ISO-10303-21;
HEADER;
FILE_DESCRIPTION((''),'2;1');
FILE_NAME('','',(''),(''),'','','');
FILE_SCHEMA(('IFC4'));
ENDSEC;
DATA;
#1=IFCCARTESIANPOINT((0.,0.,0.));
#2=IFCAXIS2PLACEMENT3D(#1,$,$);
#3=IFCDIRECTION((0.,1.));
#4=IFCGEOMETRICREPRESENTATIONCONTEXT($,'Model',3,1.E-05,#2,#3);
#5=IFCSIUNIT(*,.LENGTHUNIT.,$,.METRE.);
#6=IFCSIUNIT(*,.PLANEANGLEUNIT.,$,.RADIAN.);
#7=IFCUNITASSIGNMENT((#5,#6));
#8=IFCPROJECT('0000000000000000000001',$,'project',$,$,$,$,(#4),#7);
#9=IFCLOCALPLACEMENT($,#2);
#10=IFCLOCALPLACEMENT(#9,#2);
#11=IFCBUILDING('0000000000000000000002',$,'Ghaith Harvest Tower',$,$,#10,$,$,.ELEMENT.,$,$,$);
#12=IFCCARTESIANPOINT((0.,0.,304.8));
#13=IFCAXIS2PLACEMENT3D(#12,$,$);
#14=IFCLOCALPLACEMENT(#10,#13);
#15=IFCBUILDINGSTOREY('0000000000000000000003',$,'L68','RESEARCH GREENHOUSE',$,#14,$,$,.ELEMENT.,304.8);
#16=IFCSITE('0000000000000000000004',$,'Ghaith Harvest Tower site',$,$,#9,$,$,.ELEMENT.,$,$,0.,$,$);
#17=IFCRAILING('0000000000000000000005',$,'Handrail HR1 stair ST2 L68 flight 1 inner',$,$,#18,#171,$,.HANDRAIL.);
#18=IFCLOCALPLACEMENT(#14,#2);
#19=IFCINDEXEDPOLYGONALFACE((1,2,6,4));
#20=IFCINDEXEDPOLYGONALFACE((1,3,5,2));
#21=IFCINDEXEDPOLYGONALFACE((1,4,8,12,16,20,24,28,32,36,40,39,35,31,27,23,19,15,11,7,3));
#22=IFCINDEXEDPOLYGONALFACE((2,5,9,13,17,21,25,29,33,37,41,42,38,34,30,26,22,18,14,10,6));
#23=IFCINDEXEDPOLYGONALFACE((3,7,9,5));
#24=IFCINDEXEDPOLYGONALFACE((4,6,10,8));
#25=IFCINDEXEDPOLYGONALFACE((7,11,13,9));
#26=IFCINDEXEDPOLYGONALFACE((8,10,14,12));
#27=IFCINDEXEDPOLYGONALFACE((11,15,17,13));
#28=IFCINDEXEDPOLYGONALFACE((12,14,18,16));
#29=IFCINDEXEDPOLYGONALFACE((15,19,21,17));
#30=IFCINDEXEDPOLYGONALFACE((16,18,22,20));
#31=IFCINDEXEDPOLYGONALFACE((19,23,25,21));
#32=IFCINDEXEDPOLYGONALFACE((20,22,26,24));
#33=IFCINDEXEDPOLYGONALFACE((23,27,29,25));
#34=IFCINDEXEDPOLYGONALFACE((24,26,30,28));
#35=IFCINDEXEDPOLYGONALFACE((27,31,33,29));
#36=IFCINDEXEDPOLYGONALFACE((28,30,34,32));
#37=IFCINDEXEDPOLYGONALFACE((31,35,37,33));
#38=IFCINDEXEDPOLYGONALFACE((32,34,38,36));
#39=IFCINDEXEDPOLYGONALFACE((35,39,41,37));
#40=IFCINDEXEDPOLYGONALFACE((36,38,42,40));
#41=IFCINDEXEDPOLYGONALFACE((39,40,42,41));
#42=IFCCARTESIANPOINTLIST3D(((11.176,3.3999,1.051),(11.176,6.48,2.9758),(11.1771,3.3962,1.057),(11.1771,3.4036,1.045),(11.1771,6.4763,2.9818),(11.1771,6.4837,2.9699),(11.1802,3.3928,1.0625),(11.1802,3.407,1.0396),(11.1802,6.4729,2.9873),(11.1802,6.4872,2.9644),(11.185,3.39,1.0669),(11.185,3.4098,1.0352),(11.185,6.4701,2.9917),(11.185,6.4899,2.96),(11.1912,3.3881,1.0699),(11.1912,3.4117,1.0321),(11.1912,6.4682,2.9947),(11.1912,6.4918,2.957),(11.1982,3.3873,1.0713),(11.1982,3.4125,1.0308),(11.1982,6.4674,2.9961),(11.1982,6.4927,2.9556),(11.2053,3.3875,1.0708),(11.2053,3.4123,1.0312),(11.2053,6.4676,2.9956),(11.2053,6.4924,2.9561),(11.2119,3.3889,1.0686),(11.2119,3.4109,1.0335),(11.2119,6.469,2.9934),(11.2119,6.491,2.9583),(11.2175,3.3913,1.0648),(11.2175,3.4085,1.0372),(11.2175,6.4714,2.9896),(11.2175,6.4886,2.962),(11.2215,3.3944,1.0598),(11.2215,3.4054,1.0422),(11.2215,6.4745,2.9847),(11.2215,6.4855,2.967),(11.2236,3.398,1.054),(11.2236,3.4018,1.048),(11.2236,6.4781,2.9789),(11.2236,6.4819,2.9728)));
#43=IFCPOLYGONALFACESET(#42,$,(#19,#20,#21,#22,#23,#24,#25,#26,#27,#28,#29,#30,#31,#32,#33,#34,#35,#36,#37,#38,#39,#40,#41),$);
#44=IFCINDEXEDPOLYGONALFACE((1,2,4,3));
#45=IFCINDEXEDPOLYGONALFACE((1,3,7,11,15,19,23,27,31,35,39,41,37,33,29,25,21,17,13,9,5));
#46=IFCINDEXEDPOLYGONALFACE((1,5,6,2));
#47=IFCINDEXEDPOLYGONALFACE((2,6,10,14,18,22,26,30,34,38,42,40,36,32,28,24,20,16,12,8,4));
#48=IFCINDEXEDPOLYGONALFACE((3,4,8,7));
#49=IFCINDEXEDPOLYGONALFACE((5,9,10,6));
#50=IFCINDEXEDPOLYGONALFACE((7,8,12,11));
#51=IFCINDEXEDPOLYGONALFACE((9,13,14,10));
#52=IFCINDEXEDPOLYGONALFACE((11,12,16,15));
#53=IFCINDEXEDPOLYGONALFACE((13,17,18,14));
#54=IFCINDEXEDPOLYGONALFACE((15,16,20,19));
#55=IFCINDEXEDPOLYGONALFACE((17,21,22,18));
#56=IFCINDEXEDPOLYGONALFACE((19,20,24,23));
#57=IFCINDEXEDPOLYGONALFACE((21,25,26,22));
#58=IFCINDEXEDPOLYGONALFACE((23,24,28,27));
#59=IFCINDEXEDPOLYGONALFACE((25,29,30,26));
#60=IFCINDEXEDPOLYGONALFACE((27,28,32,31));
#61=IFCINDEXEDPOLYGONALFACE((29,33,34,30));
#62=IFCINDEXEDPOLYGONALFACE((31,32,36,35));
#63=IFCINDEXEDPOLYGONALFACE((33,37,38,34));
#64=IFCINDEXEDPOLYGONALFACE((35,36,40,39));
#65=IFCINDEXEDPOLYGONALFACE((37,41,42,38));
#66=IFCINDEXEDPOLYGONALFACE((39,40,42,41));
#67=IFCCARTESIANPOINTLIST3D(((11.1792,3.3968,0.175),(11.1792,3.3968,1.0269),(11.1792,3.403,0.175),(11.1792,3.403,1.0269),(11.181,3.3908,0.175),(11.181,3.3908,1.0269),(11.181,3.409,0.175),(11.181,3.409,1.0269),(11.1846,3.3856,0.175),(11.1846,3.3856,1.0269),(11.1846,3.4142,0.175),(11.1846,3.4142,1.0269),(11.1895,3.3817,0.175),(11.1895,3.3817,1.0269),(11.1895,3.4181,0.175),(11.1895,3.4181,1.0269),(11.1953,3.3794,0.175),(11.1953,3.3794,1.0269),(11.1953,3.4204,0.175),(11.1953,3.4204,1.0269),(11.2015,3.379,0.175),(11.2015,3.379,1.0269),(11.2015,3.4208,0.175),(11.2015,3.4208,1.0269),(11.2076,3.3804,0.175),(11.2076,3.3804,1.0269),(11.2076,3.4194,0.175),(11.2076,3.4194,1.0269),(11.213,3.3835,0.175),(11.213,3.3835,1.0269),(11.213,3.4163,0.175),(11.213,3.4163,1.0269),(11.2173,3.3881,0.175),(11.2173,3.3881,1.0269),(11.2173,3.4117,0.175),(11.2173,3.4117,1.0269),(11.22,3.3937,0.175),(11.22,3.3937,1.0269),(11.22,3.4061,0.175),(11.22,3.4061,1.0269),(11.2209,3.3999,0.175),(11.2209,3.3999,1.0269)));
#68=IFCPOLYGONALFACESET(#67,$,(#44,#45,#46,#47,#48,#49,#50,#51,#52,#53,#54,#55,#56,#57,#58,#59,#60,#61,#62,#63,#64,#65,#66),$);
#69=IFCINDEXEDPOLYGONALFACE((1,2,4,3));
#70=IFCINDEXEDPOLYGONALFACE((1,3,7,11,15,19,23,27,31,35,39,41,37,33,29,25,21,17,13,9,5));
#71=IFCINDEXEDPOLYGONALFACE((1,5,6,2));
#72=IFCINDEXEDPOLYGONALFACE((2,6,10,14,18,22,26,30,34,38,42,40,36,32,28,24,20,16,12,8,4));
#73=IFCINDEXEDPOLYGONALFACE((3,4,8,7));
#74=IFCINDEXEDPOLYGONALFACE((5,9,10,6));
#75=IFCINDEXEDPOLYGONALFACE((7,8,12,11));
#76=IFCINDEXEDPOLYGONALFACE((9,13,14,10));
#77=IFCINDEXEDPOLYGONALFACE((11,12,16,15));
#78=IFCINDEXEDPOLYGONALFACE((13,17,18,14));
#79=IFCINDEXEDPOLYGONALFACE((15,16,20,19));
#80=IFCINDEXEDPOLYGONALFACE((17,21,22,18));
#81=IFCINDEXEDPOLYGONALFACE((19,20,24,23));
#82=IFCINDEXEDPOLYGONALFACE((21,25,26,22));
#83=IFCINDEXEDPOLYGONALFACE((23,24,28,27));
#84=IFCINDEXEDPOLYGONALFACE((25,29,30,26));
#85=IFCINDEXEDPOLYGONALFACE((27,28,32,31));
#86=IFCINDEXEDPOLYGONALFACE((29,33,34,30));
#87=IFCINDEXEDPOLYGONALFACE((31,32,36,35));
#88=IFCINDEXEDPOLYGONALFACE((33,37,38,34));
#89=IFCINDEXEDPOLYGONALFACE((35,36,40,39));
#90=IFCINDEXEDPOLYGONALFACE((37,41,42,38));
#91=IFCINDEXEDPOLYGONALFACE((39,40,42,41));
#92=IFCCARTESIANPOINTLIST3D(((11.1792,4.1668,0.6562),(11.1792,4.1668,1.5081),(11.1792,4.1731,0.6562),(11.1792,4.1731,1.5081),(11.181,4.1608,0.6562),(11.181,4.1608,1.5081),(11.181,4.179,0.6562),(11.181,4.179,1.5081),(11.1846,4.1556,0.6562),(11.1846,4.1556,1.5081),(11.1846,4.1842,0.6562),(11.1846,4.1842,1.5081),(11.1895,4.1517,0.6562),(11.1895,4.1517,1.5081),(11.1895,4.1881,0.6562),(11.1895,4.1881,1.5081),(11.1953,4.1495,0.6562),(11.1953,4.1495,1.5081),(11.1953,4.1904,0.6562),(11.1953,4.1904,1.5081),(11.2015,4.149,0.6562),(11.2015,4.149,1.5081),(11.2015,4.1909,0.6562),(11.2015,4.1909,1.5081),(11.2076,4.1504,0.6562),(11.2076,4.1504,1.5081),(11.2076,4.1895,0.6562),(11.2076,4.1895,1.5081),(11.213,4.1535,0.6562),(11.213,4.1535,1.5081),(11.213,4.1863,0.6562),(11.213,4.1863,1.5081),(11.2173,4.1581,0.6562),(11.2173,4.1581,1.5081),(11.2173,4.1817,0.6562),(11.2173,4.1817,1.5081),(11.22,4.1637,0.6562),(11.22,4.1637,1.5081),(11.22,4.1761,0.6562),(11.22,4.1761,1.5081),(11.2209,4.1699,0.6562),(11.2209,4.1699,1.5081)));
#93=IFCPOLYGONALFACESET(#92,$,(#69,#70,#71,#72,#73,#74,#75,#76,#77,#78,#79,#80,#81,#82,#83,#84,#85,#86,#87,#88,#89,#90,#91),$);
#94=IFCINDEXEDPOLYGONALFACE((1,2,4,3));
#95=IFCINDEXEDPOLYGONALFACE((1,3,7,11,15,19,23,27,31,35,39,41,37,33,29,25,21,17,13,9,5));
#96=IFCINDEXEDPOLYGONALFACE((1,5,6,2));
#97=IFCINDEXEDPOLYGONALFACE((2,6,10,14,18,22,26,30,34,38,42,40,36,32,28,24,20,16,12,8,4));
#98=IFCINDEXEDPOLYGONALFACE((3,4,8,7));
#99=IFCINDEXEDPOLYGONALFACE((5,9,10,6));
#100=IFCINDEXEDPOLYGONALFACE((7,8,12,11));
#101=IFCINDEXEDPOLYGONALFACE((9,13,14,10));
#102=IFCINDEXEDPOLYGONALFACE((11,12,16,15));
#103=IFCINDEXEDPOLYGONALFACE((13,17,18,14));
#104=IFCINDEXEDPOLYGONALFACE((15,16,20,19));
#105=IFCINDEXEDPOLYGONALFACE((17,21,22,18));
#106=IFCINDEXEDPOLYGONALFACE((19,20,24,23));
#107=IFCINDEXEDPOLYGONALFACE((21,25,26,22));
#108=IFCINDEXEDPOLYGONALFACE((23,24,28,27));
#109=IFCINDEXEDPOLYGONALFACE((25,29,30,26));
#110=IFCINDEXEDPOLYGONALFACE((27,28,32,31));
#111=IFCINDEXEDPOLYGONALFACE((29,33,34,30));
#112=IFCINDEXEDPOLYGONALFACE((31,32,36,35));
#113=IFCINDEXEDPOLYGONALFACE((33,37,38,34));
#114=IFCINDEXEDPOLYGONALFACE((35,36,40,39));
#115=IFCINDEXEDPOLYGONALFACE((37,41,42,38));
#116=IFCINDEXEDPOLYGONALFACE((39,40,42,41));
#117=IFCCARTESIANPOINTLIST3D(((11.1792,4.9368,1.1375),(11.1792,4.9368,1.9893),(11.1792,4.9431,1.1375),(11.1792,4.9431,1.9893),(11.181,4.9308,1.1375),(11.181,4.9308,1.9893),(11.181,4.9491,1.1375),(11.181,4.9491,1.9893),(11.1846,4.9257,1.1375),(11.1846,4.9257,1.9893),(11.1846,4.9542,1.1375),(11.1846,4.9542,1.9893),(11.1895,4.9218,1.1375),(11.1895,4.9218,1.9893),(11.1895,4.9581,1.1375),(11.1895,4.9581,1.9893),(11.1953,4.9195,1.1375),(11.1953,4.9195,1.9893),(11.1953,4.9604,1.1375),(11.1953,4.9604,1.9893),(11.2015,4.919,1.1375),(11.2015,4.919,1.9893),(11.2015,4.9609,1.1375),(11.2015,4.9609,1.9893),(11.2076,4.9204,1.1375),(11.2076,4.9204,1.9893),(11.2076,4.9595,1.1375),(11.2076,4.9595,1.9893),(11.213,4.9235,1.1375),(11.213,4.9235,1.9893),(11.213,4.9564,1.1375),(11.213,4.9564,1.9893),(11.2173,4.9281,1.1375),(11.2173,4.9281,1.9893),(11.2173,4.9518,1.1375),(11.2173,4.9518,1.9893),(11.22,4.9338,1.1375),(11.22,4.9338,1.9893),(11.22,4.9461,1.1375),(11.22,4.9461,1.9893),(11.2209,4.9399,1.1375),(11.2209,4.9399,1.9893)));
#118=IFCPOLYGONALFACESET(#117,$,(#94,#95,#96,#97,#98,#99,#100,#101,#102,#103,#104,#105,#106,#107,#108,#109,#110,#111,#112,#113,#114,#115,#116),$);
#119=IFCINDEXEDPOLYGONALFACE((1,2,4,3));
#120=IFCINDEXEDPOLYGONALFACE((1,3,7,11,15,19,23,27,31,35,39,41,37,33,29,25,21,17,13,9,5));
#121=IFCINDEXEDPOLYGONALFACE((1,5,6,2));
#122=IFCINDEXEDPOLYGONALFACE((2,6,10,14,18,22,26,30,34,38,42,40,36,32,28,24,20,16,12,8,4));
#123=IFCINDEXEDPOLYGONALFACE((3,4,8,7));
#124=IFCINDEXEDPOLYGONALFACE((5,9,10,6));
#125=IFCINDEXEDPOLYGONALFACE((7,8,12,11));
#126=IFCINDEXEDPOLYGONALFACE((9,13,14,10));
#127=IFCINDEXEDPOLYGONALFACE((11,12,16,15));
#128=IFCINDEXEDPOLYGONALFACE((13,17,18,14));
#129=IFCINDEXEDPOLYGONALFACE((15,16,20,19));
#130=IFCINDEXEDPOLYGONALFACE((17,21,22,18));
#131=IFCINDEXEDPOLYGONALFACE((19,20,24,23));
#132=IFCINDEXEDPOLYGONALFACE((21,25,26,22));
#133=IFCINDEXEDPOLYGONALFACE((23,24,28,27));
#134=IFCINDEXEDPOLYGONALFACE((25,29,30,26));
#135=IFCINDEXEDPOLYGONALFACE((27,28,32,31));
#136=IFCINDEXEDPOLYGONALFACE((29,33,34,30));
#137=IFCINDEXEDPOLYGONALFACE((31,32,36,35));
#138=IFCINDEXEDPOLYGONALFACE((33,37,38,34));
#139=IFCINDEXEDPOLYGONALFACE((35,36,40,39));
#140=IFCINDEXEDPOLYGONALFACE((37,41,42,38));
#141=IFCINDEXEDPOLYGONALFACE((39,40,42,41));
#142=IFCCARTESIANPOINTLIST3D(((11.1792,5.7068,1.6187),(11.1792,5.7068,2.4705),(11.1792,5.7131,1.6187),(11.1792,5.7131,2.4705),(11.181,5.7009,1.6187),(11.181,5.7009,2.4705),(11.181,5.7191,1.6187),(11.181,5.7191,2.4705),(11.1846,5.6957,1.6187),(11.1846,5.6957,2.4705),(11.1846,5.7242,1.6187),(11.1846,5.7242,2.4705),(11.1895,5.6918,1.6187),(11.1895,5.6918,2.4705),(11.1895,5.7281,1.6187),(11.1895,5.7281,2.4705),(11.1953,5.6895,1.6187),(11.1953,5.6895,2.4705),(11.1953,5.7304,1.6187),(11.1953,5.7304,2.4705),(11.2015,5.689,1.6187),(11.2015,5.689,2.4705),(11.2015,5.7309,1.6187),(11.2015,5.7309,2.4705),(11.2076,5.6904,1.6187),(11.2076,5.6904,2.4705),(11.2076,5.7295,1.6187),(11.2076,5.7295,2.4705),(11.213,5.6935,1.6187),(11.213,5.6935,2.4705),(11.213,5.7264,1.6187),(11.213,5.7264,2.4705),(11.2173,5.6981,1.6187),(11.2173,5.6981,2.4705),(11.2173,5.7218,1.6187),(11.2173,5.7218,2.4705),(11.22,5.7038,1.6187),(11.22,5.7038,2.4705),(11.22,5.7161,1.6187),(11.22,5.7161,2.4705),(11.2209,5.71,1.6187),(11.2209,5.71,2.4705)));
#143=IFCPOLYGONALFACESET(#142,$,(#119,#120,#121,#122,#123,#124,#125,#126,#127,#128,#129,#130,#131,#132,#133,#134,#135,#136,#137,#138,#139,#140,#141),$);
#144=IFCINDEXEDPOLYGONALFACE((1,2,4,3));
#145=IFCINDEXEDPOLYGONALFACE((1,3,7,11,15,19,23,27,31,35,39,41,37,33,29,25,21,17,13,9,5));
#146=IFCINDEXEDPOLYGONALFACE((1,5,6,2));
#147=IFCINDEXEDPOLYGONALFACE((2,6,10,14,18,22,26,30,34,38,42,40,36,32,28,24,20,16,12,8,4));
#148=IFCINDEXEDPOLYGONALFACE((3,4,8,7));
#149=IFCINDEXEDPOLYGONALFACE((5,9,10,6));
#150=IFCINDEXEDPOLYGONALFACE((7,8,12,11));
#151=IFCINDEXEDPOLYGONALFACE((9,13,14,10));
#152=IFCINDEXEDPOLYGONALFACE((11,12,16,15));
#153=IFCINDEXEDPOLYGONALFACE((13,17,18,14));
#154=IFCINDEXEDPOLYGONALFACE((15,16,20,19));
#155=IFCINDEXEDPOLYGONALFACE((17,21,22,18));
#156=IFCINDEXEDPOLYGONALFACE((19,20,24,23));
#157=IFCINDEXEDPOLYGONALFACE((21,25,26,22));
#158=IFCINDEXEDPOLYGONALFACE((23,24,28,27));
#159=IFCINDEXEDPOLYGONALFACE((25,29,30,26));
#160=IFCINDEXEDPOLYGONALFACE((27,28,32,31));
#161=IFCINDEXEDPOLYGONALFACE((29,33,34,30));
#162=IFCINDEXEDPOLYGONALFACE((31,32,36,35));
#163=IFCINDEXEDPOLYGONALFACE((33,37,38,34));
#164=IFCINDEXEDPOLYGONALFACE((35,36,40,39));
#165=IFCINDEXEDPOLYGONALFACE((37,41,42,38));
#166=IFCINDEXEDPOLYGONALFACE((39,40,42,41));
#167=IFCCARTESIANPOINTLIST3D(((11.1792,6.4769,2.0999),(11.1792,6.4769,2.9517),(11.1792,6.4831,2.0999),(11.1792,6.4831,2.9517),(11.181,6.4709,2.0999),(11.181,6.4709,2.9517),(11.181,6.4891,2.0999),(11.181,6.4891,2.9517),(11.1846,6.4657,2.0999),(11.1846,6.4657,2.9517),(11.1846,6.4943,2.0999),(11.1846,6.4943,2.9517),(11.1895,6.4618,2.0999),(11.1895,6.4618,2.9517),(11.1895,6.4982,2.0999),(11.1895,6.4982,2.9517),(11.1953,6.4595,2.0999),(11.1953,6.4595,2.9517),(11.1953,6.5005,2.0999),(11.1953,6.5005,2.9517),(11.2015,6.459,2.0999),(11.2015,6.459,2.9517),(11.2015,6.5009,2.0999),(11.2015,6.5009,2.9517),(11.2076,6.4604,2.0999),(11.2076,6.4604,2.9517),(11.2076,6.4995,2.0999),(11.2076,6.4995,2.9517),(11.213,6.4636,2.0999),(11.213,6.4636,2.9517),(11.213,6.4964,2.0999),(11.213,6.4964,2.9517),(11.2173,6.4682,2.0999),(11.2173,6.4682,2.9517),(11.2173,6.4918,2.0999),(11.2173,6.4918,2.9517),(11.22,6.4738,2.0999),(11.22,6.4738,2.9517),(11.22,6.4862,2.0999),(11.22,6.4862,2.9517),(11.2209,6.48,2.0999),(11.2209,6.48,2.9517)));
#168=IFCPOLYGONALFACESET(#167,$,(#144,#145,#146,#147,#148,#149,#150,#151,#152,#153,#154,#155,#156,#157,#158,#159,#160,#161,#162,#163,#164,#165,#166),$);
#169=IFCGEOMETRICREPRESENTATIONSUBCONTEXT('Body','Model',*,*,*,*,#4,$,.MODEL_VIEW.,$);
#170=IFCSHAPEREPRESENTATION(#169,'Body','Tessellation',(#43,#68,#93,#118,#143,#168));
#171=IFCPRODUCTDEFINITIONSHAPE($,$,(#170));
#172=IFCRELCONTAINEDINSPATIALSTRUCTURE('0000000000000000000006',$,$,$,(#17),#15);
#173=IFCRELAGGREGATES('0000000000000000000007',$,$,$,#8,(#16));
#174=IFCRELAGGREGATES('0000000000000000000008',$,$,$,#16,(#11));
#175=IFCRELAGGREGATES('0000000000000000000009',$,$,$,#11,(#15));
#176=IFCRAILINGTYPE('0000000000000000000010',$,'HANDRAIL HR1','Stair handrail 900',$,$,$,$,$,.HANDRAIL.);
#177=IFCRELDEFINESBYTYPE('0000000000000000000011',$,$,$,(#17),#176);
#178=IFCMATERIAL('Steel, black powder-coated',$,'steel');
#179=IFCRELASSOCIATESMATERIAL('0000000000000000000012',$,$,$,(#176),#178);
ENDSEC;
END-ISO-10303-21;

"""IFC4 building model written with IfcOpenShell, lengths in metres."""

from ifc_helpers import new_model, si_unit, direction, frame, origin, origin_2d, place, context, subcontext, project, spatial, circle, extrude, material, type_object, element, save


model = new_model("IFC4")

# Units and contexts
model_context = context("Model", 3, precision=1e-05, world=origin(), true_north=direction((0.0, 1.0)))
body_context = subcontext(model_context, "Body", "Model", "MODEL_VIEW")
ifc_project = project(units=[si_unit("LENGTHUNIT", "METRE"), si_unit("PLANEANGLEUNIT", "RADIAN")], contexts=[model_context])

# Site, building, storey
site_placement = place(None, origin())
site = spatial("IfcSite", under=ifc_project, at=site_placement, Name="Ghaith Harvest Tower site", CompositionType="ELEMENT", RefElevation=0.0)
building_placement = place(site_placement, origin())
building = spatial("IfcBuilding", under=site, at=building_placement, Name="Ghaith Harvest Tower", CompositionType="ELEMENT")
storey_placement = place(building_placement, frame((0.0, 0.0, 304.8)))
storey = spatial("IfcBuildingStorey", under=building, at=storey_placement, Name="L68", Description="RESEARCH GREENHOUSE", CompositionType="ELEMENT", Elevation=304.8)

# Railing
ifc_material_1 = material(Name="Steel, black powder-coated", Category="steel")
railing_type = type_object("IfcRailingType", Name="HANDRAIL HR1", Description="Stair handrail 900", PredefinedType="HANDRAIL", material=ifc_material_1)
railing_1_placement = place(storey_placement, frame((11.2, 3.3999, 0.175)))
element("IfcRailing", 1, at=railing_1_placement, inside=storey, type_object=railing_type, Name="Handrail HR1 stair ST2 L68 flight 1 inner", PredefinedType="HANDRAIL", context=body_context, shape_type="SweptSolid", body=[
    extrude(circle(Radius=0.0239, at=origin_2d()), frame((0.0, 0.0, 0.876), z_axis=(0.0, 0.848029, 0.529951), x_axis=(-1.0, 0.0, 0.0)), (0.0, 0.0, 1.0), 3.6321),
    extrude(circle(Radius=0.021, at=origin_2d()), origin(), (0.0, 0.0, 1.0), 0.8518),
    extrude(circle(Radius=0.021, at=origin_2d()), frame((0.0, 0.77, 0.4812)), (0.0, 0.0, 1.0), 0.8518),
    extrude(circle(Radius=0.021, at=origin_2d()), frame((0.0, 1.54, 0.9624)), (0.0, 0.0, 1.0), 0.8518),
    extrude(circle(Radius=0.021, at=origin_2d()), frame((0.0, 2.3101, 1.4436)), (0.0, 0.0, 1.0), 0.8518),
    extrude(circle(Radius=0.021, at=origin_2d()), frame((0.0, 3.0801, 1.9248)), (0.0, 0.0, 1.0), 0.8518),
])

save(model, "model.ifc")
